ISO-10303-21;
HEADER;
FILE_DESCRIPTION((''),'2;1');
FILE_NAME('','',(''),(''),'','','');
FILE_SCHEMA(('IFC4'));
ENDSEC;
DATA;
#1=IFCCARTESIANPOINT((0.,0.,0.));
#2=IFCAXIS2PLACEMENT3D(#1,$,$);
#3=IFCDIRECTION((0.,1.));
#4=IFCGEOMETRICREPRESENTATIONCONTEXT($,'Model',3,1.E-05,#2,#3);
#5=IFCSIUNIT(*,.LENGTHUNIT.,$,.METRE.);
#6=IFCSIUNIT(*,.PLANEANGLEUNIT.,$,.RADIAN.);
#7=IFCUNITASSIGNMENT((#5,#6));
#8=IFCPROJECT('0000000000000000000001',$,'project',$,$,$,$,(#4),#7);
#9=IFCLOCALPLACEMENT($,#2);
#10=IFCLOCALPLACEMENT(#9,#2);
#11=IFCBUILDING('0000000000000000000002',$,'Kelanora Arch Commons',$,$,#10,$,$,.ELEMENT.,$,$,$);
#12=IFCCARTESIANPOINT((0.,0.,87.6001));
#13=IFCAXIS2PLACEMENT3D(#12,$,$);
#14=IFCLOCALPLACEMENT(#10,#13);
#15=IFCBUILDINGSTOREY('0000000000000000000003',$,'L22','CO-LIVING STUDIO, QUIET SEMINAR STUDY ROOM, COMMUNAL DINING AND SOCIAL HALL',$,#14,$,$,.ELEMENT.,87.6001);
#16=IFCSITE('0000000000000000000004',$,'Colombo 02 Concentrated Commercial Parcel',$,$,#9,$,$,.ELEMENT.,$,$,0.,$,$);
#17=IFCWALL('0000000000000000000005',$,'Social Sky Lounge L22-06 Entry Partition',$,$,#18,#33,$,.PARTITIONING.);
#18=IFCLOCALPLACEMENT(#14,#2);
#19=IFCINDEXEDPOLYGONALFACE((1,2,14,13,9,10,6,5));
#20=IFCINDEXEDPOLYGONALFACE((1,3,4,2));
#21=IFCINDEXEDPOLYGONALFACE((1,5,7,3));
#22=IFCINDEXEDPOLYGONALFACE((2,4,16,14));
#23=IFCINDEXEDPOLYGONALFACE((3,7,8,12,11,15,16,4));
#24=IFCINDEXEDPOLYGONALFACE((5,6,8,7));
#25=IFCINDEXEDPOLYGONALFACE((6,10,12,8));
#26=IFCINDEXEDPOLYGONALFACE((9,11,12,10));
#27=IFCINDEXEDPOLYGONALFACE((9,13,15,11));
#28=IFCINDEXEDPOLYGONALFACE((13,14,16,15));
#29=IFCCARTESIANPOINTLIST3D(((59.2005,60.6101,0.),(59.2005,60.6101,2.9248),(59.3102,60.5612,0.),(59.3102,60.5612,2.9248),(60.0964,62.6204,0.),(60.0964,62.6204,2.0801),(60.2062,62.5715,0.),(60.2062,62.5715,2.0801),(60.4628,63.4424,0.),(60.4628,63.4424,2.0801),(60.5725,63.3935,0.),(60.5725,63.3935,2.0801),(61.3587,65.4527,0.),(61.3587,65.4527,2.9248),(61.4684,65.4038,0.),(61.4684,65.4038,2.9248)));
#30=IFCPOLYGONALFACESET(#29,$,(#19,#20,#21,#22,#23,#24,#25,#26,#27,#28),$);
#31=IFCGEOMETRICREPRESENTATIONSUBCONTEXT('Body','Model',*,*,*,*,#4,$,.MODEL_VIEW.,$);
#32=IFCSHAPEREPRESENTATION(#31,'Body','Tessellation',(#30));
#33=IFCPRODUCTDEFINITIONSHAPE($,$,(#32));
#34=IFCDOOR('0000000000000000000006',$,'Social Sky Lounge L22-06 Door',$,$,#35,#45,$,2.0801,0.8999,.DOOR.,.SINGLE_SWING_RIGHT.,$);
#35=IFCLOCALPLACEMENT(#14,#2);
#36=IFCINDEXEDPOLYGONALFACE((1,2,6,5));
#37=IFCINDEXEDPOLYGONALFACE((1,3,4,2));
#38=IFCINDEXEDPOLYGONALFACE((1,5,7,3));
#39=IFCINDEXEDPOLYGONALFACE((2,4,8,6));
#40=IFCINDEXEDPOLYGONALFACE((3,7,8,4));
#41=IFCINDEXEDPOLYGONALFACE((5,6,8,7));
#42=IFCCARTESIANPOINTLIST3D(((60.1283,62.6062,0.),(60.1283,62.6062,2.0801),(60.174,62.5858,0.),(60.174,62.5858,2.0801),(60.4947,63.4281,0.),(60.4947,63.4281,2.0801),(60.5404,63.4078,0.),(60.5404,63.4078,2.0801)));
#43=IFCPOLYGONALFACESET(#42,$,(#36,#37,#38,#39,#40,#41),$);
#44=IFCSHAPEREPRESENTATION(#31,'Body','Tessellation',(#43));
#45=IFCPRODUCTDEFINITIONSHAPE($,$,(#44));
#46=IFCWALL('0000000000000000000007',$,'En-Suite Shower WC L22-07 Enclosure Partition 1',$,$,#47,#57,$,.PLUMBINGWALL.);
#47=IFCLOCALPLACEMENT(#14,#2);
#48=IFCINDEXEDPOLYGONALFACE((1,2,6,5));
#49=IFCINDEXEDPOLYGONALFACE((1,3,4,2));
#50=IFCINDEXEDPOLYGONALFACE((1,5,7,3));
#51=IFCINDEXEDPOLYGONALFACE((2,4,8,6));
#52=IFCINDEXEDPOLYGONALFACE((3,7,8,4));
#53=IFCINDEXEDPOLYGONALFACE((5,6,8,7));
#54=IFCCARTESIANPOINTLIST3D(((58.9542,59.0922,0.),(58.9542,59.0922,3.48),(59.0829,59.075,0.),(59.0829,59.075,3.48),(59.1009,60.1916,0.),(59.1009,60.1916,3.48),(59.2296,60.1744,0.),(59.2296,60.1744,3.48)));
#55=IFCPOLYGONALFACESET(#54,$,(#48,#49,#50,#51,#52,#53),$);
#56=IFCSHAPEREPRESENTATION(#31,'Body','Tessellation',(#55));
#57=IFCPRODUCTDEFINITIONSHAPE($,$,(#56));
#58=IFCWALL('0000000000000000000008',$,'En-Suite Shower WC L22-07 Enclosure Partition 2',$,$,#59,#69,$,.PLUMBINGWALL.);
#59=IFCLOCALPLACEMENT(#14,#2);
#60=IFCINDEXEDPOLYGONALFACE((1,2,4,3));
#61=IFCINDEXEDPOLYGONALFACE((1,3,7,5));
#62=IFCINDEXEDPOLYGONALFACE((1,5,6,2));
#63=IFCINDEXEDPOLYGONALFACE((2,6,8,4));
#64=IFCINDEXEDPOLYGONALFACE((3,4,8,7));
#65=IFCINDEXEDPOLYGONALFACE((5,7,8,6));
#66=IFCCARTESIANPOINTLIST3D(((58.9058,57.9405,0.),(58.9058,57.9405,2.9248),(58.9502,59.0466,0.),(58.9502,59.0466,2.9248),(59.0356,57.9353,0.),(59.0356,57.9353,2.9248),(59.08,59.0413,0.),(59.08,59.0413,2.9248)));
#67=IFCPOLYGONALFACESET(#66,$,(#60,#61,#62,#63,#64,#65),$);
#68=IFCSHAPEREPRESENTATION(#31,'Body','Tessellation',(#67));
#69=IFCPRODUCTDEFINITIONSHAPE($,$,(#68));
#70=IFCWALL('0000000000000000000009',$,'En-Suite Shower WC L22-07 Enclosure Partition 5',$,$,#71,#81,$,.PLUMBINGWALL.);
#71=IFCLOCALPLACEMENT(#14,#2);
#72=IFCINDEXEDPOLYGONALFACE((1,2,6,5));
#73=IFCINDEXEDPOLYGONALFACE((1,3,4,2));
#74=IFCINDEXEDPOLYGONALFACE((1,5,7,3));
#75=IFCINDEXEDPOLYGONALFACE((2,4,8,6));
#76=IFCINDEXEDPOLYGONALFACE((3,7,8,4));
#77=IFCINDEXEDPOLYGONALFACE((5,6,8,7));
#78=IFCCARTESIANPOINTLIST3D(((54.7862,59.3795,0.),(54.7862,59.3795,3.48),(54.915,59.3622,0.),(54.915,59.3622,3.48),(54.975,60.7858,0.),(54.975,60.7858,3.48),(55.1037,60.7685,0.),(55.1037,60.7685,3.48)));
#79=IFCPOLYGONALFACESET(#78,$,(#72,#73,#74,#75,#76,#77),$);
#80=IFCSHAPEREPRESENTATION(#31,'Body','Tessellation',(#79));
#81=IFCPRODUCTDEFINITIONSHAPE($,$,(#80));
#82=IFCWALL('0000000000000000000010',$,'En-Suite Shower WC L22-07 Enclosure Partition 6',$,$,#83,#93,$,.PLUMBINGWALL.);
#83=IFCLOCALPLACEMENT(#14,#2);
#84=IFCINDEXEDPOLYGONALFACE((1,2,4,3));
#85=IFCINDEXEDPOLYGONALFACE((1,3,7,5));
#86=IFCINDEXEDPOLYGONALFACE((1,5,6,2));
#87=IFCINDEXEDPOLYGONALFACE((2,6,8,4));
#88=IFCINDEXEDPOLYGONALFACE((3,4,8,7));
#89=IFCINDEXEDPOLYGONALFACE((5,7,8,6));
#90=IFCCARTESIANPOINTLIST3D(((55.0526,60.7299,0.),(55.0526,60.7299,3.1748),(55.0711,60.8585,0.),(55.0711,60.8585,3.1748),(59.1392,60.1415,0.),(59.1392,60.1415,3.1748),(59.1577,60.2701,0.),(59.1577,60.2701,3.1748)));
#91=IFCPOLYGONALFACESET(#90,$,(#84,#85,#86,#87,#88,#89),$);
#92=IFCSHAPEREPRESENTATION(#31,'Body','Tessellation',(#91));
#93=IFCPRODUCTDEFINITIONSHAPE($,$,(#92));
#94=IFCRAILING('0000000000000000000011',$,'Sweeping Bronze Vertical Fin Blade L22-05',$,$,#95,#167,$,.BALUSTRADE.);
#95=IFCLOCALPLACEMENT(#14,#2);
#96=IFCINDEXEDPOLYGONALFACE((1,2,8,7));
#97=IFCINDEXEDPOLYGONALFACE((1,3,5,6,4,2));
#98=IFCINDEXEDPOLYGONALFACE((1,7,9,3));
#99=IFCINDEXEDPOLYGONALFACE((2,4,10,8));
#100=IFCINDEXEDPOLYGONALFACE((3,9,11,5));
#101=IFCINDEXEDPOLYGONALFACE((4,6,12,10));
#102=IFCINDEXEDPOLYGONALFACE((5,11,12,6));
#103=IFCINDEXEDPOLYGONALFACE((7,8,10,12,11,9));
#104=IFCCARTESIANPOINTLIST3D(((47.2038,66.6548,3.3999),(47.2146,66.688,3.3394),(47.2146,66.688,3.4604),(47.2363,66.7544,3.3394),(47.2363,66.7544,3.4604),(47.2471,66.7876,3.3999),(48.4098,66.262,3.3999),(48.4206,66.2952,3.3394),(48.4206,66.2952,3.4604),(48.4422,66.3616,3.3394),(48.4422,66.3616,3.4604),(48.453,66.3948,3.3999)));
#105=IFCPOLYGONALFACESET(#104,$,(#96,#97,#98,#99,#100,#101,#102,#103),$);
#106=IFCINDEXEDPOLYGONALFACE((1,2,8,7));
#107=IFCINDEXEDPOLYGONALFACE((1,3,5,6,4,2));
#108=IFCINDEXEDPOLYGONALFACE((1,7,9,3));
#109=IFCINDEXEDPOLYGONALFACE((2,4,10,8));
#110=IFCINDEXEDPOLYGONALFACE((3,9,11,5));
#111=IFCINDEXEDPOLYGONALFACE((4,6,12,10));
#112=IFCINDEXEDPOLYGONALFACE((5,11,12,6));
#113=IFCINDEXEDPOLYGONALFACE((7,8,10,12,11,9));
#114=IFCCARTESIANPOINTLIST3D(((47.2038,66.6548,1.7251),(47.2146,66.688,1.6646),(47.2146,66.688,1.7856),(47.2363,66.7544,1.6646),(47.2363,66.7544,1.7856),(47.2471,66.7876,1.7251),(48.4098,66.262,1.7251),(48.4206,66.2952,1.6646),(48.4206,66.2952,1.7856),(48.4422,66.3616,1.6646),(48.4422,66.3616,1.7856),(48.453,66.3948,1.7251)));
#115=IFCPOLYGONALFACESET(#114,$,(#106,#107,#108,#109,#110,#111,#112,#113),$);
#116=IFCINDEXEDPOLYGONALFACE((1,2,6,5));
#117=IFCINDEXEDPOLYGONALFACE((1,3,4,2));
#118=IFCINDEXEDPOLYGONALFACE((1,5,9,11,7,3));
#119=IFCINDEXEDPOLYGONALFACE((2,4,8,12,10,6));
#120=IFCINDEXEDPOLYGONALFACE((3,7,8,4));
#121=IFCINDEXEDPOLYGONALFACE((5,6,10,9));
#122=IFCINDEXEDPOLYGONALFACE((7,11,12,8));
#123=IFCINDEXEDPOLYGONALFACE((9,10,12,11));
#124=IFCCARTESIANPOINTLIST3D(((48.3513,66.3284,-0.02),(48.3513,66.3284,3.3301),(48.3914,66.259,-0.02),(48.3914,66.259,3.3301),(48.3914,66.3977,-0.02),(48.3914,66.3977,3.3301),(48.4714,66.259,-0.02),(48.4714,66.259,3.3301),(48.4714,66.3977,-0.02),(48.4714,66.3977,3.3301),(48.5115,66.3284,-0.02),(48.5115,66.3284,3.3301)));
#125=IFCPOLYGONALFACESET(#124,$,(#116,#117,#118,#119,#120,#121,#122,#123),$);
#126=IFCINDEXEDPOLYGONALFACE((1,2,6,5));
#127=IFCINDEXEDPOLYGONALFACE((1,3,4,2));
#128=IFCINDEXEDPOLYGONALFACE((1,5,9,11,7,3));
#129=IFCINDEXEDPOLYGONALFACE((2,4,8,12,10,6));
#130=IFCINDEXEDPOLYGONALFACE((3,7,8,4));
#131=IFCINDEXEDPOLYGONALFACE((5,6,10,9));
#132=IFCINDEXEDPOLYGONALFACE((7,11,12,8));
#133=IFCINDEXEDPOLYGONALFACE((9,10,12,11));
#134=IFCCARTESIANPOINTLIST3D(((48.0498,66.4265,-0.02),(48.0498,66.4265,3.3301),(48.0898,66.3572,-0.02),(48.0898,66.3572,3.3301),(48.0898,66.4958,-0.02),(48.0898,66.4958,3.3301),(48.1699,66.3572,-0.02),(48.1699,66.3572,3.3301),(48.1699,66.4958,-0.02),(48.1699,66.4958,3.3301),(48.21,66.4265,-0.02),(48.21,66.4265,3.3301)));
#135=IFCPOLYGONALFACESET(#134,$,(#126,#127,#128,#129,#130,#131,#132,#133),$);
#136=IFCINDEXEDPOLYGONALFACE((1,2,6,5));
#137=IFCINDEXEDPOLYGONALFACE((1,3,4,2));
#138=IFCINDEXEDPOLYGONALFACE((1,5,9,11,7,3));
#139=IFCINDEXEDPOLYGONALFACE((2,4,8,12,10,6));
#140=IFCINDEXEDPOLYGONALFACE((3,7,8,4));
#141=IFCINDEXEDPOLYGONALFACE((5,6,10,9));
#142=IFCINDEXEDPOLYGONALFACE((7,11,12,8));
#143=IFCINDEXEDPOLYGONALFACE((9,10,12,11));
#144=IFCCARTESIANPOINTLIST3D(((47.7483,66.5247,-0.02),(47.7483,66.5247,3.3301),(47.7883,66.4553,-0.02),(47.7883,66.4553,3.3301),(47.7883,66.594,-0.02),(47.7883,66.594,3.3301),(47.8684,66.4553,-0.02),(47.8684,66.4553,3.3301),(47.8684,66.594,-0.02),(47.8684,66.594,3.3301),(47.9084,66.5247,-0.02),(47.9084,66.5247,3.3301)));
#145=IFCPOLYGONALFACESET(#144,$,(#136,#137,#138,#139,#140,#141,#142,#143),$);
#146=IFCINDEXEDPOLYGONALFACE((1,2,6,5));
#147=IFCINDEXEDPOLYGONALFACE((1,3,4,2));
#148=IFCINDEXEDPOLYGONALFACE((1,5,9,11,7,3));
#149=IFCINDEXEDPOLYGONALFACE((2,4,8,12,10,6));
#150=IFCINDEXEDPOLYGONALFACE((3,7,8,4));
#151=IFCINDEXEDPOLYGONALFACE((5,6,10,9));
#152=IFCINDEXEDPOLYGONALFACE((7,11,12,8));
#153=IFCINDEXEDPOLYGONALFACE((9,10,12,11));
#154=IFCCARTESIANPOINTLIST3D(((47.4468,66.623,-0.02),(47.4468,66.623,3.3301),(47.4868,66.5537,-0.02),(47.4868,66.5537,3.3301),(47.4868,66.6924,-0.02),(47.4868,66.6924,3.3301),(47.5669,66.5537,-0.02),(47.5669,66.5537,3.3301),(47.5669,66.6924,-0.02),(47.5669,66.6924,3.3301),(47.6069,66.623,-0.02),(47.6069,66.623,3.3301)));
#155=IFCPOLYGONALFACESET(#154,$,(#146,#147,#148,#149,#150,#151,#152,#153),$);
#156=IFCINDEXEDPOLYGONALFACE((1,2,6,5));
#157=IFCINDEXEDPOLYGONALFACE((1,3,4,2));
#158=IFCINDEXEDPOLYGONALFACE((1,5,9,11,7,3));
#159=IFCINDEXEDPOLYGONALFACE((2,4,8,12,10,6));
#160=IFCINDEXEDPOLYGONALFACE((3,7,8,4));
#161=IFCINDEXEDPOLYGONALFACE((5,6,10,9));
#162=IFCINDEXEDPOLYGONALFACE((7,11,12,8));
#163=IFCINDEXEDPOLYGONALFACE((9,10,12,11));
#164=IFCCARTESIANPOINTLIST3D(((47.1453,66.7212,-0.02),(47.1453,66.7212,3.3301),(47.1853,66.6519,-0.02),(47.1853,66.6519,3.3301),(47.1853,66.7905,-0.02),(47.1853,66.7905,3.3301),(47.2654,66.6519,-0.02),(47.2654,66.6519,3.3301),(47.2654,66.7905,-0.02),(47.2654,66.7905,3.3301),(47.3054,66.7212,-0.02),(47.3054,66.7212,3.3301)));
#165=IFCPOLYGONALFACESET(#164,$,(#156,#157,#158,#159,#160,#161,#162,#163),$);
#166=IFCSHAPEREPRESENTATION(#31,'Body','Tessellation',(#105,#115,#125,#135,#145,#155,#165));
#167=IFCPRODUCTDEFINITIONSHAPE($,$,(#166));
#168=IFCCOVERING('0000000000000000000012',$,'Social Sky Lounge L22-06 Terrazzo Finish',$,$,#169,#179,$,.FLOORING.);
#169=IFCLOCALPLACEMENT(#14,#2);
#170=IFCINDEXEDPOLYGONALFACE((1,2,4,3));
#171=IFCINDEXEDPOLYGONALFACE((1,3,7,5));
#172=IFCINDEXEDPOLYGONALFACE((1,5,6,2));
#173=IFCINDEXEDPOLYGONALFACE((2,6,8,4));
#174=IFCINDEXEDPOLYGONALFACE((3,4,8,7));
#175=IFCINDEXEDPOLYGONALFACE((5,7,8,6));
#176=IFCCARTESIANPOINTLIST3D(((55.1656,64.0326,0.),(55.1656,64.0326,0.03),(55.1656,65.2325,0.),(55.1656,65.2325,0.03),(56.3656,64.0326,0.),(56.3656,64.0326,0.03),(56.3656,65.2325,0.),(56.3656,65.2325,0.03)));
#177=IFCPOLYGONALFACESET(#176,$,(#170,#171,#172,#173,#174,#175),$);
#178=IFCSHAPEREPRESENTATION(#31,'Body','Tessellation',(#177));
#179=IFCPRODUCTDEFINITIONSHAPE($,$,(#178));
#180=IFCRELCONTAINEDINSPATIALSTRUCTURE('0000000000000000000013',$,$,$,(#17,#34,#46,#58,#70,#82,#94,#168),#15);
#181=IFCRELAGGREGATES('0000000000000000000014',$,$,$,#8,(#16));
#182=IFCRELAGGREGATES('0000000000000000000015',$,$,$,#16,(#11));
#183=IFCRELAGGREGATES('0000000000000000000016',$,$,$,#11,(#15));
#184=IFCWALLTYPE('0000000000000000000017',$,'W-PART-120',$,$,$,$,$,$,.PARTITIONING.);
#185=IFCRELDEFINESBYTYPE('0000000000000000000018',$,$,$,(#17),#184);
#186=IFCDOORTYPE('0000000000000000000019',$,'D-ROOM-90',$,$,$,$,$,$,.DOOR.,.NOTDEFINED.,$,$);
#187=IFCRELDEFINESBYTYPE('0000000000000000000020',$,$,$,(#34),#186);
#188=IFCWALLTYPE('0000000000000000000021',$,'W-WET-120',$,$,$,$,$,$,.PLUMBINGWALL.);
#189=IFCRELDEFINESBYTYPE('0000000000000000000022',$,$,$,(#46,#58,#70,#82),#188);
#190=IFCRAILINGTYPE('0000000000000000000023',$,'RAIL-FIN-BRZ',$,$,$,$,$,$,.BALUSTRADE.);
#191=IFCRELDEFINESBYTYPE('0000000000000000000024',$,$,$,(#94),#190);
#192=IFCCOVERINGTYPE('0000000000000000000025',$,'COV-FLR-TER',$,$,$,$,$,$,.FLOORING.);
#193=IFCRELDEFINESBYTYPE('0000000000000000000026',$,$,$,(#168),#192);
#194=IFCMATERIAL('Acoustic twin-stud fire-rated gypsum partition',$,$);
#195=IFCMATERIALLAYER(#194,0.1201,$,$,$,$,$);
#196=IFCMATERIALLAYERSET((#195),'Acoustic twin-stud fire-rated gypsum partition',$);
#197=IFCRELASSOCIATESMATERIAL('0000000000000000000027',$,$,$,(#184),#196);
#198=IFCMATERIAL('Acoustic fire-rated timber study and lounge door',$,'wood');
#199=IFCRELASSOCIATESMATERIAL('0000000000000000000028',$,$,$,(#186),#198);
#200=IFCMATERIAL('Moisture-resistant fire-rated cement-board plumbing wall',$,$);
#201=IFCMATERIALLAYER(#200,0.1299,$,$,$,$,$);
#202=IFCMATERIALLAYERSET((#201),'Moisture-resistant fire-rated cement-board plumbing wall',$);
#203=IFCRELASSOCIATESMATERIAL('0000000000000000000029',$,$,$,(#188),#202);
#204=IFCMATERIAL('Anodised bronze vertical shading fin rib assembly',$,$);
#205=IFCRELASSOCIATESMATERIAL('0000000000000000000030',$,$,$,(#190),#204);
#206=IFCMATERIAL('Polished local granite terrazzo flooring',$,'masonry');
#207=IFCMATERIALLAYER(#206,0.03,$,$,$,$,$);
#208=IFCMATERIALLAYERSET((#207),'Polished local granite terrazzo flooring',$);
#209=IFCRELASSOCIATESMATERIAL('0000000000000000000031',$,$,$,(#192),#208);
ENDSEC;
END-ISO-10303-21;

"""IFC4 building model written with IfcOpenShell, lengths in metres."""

from ifc_helpers import new_model, si_unit, direction, frame, frame_2d, origin, origin_2d, place, context, subcontext, project, spatial, polyline, rectangle, outline, extrude, source, transform, mapped, material, layer, layer_set, type_object, element, fill, save


model = new_model("IFC4")

# Units and contexts
model_context = context("Model", 3, precision=1e-05, world=origin(), true_north=direction((0.0, 1.0)))
body_context = subcontext(model_context, "Body", "Model", "MODEL_VIEW")
ifc_project = project(units=[si_unit("LENGTHUNIT", "METRE"), si_unit("PLANEANGLEUNIT", "RADIAN")], contexts=[model_context])

# Site, building, storey
site_placement = place(None, origin())
site = spatial("IfcSite", under=ifc_project, at=site_placement, Name="Colombo 02 Concentrated Commercial Parcel", CompositionType="ELEMENT", RefElevation=0.0)
building_placement = place(site_placement, origin())
building = spatial("IfcBuilding", under=site, at=building_placement, Name="Kelanora Arch Commons", CompositionType="ELEMENT")
storey_placement = place(building_placement, frame((0.0, 0.0, 87.6001)))
storey = spatial("IfcBuildingStorey", under=building, at=storey_placement, Name="L22", Description="CO-LIVING STUDIO, QUIET SEMINAR STUDY ROOM, COMMUNAL DINING AND SOCIAL HALL", CompositionType="ELEMENT", Elevation=87.6001)

# Wall, opening, door
ifc_material_1 = material(Name="Acoustic twin-stud fire-rated gypsum partition")
ifc_layer_1 = layer(ifc_material_1, 0.1201)
ifc_layer_set_1 = layer_set([ifc_layer_1], Name="Acoustic twin-stud fire-rated gypsum partition")
wall_type_1 = type_object("IfcWallType", Name="W-PART-120", PredefinedType="PARTITIONING", material=ifc_layer_set_1)
wall_1_placement = place(storey_placement, frame((61.4136, 65.4282, 0.0), z_axis=(0.0, 0.0, 1.0), x_axis=(-0.407078, -0.913393, 0.0)))
wall_1 = element("IfcWall", 1, at=wall_1_placement, inside=storey, type_object=wall_type_1, Name="Social Sky Lounge L22-06 Entry Partition", PredefinedType="PARTITIONING", context=body_context, shape_type="SweptSolid", body=[
    extrude(rectangle(XDim=5.3018, YDim=0.1201, at=frame_2d((2.6509, 0.0))), origin(), (0.0, 0.0, 1.0), 2.9248),
])
opening_placement = place(wall_1_placement, frame((2.2009, 0.0, 0.0)))
opening = element("IfcOpeningElement", 2, at=opening_placement, cuts=wall_1, PredefinedType="OPENING", context=body_context, shape_type="SweptSolid", body=[
    extrude(rectangle(XDim=0.8999, YDim=2.0801, at=frame_2d((0.45, 1.04))), frame((0.0, 0.0701, 0.0), z_axis=(0.0, -1.0, 0.0), x_axis=(1.0, 0.0, 0.0)), (0.0, 0.0, 1.0), 0.1401),
])
ifc_material_2 = material(Name="Acoustic fire-rated timber study and lounge door", Category="wood")
door_type = type_object("IfcDoorType", Name="D-ROOM-90", OperationType="NOTDEFINED", PredefinedType="DOOR", material=ifc_material_2)
door_placement = place(opening_placement, origin())
door = element("IfcDoor", 3, at=door_placement, inside=storey, type_object=door_type, Name="Social Sky Lounge L22-06 Door", OperationType="SINGLE_SWING_RIGHT", OverallHeight=2.0801, OverallWidth=0.8999, PredefinedType="DOOR", context=body_context, shape_type="SweptSolid", body=[
    extrude(rectangle(XDim=0.8999, YDim=2.0801, at=frame_2d((0.45, 1.04))), frame((0.0, 0.0249, 0.0), z_axis=(0.0, -1.0, 0.0), x_axis=(1.0, 0.0, 0.0)), (0.0, 0.0, 1.0), 0.05),
])
fill(opening, door)

# Walls
ifc_material_3 = material(Name="Moisture-resistant fire-rated cement-board plumbing wall")
ifc_layer_2 = layer(ifc_material_3, 0.1299)
ifc_layer_set_2 = layer_set([ifc_layer_2], Name="Moisture-resistant fire-rated cement-board plumbing wall")
wall_type_2 = type_object("IfcWallType", Name="W-WET-120", PredefinedType="PLUMBINGWALL", material=ifc_layer_set_2)
wall_2_placement = place(storey_placement, frame((59.1653, 60.1831, 0.0), z_axis=(0.0, 0.0, 1.0), x_axis=(-0.132293, -0.991211, 0.0)))
element("IfcWall", 4, at=wall_2_placement, inside=storey, type_object=wall_type_2, Name="En-Suite Shower WC L22-07 Enclosure Partition 1", PredefinedType="PLUMBINGWALL", context=body_context, shape_type="SweptSolid", body=[
    extrude(rectangle(XDim=1.1091, YDim=0.1299, at=frame_2d((0.5547, 0.0))), origin(), (0.0, 0.0, 1.0), 3.48),
])
wall_3_placement = place(storey_placement, frame((59.0151, 59.0439, 0.0), z_axis=(0.0, 0.0, 1.0), x_axis=(-0.040144, -0.999194, 0.0)))
element("IfcWall", 5, at=wall_3_placement, inside=storey, type_object=wall_type_2, Name="En-Suite Shower WC L22-07 Enclosure Partition 2", PredefinedType="PLUMBINGWALL", context=body_context, shape_type="SweptSolid", body=[
    extrude(rectangle(XDim=1.1069, YDim=0.1299, at=frame_2d((0.5535, 0.0))), origin(), (0.0, 0.0, 1.0), 2.9248),
])
wall_4_placement = place(storey_placement, frame((54.8506, 59.3708, 0.0), z_axis=(0.0, 0.0, 1.0), x_axis=(0.133009, 0.991115, 0.0)))
element("IfcWall", 6, at=wall_4_placement, inside=storey, type_object=wall_type_2, Name="En-Suite Shower WC L22-07 Enclosure Partition 5", PredefinedType="PLUMBINGWALL", context=body_context, shape_type="SweptSolid", body=[
    extrude(rectangle(XDim=1.4189, YDim=0.1299, at=frame_2d((0.7095, 0.0))), origin(), (0.0, 0.0, 1.0), 3.48),
])
wall_5_placement = place(storey_placement, frame((55.0618, 60.7942, 0.0), z_axis=(0.0, 0.0, 1.0), x_axis=(0.989793, -0.142514, 0.0)))
element("IfcWall", 7, at=wall_5_placement, inside=storey, type_object=wall_type_2, Name="En-Suite Shower WC L22-07 Enclosure Partition 6", PredefinedType="PLUMBINGWALL", context=body_context, shape_type="SweptSolid", body=[
    extrude(rectangle(XDim=4.1287, YDim=0.1299, at=frame_2d((2.0645, 0.0))), origin(), (0.0, 0.0, 1.0), 3.1748),
])

# Railing
ifc_material_4 = material(Name="Anodised bronze vertical shading fin rib assembly")
railing_type = type_object("IfcRailingType", Name="RAIL-FIN-BRZ", PredefinedType="BALUSTRADE", material=ifc_material_4)
railing_placement = place(storey_placement, frame((48.4314, 66.3284, -0.02)))
element("IfcRailing", 8, at=railing_placement, inside=storey, type_object=railing_type, Name="Sweeping Bronze Vertical Fin Blade L22-05", PredefinedType="BALUSTRADE", context=body_context, shape_type="SweptSolid", body=[
    extrude(outline(polyline([(0.0698, 0.0), (0.0349, 0.0605), (-0.0349, 0.0605), (-0.0698, 0.0), (-0.0349, -0.0605), (0.0349, -0.0605), (0.0698, 0.0)])), frame((0.0, 0.0, 3.4199), z_axis=(-0.950836, 0.309695, 0.0), x_axis=(-0.309695, -0.950836, 0.0)), (0.0, 0.0, 1.0), 1.2683),
    extrude(outline(polyline([(0.0698, 0.0), (0.0349, 0.0605), (-0.0349, 0.0605), (-0.0698, 0.0), (-0.0349, -0.0605), (0.0349, -0.0605), (0.0698, 0.0)])), frame((0.0, 0.0, 1.7451), z_axis=(-0.950836, 0.309695, 0.0), x_axis=(-0.309695, -0.950836, 0.0)), (0.0, 0.0, 1.0), 1.2683),
    extrude(outline(polyline([(0.0801, 0.0), (0.04, 0.0693), (-0.04, 0.0693), (-0.0801, 0.0), (-0.04, -0.0693), (0.04, -0.0693), (0.0801, 0.0)])), origin(), (0.0, 0.0, 1.0), 3.3501),
    extrude(outline(polyline([(0.0801, 0.0), (0.04, 0.0693), (-0.04, 0.0693), (-0.0801, 0.0), (-0.04, -0.0693), (0.04, -0.0693), (0.0801, 0.0)])), frame((-0.3015, 0.0981, 0.0)), (0.0, 0.0, 1.0), 3.3501),
    extrude(outline(polyline([(0.0801, 0.0), (0.04, 0.0693), (-0.04, 0.0693), (-0.0801, 0.0), (-0.04, -0.0693), (0.04, -0.0693), (0.0801, 0.0)])), frame((-0.603, 0.1963, 0.0)), (0.0, 0.0, 1.0), 3.3501),
    extrude(outline(polyline([(0.0801, 0.0), (0.04, 0.0693), (-0.04, 0.0693), (-0.0801, 0.0), (-0.04, -0.0693), (0.04, -0.0693), (0.0801, 0.0)])), frame((-0.9045, 0.2947, 0.0)), (0.0, 0.0, 1.0), 3.3501),
    extrude(outline(polyline([(0.0801, 0.0), (0.04, 0.0693), (-0.04, 0.0693), (-0.0801, 0.0), (-0.04, -0.0693), (0.04, -0.0693), (0.0801, 0.0)])), frame((-1.2061, 0.3928, 0.0)), (0.0, 0.0, 1.0), 3.3501),
])

# Covering
ifc_material_5 = material(Name="Polished local granite terrazzo flooring", Category="masonry")
ifc_layer_3 = layer(ifc_material_5, 0.03)
ifc_layer_set_3 = layer_set([ifc_layer_3], Name="Polished local granite terrazzo flooring")
covering_type = type_object("IfcCoveringType", Name="COV-FLR-TER", PredefinedType="FLOORING", material=ifc_layer_set_3)
shared_shape_1 = source(origin(), body_context, "Body", "SweptSolid", [
    extrude(rectangle(XDim=1.2, YDim=1.2, at=origin_2d()), origin(), (0.0, 0.0, 1.0), 0.03),
])
covering_placement = place(storey_placement, frame((55.7656, 64.6326, 0.0), z_axis=(0.0, 0.0, 1.0), x_axis=(1.0, 0.0, 0.0)))
element("IfcCovering", 9, at=covering_placement, inside=storey, type_object=covering_type, Name="Social Sky Lounge L22-06 Terrazzo Finish", PredefinedType="FLOORING", context=body_context, shape_type="MappedRepresentation", body=[
    mapped(shared_shape_1, transform((0.0, 0.0, 0.0), scale=1.0)),
])

save(model, "model.ifc")
